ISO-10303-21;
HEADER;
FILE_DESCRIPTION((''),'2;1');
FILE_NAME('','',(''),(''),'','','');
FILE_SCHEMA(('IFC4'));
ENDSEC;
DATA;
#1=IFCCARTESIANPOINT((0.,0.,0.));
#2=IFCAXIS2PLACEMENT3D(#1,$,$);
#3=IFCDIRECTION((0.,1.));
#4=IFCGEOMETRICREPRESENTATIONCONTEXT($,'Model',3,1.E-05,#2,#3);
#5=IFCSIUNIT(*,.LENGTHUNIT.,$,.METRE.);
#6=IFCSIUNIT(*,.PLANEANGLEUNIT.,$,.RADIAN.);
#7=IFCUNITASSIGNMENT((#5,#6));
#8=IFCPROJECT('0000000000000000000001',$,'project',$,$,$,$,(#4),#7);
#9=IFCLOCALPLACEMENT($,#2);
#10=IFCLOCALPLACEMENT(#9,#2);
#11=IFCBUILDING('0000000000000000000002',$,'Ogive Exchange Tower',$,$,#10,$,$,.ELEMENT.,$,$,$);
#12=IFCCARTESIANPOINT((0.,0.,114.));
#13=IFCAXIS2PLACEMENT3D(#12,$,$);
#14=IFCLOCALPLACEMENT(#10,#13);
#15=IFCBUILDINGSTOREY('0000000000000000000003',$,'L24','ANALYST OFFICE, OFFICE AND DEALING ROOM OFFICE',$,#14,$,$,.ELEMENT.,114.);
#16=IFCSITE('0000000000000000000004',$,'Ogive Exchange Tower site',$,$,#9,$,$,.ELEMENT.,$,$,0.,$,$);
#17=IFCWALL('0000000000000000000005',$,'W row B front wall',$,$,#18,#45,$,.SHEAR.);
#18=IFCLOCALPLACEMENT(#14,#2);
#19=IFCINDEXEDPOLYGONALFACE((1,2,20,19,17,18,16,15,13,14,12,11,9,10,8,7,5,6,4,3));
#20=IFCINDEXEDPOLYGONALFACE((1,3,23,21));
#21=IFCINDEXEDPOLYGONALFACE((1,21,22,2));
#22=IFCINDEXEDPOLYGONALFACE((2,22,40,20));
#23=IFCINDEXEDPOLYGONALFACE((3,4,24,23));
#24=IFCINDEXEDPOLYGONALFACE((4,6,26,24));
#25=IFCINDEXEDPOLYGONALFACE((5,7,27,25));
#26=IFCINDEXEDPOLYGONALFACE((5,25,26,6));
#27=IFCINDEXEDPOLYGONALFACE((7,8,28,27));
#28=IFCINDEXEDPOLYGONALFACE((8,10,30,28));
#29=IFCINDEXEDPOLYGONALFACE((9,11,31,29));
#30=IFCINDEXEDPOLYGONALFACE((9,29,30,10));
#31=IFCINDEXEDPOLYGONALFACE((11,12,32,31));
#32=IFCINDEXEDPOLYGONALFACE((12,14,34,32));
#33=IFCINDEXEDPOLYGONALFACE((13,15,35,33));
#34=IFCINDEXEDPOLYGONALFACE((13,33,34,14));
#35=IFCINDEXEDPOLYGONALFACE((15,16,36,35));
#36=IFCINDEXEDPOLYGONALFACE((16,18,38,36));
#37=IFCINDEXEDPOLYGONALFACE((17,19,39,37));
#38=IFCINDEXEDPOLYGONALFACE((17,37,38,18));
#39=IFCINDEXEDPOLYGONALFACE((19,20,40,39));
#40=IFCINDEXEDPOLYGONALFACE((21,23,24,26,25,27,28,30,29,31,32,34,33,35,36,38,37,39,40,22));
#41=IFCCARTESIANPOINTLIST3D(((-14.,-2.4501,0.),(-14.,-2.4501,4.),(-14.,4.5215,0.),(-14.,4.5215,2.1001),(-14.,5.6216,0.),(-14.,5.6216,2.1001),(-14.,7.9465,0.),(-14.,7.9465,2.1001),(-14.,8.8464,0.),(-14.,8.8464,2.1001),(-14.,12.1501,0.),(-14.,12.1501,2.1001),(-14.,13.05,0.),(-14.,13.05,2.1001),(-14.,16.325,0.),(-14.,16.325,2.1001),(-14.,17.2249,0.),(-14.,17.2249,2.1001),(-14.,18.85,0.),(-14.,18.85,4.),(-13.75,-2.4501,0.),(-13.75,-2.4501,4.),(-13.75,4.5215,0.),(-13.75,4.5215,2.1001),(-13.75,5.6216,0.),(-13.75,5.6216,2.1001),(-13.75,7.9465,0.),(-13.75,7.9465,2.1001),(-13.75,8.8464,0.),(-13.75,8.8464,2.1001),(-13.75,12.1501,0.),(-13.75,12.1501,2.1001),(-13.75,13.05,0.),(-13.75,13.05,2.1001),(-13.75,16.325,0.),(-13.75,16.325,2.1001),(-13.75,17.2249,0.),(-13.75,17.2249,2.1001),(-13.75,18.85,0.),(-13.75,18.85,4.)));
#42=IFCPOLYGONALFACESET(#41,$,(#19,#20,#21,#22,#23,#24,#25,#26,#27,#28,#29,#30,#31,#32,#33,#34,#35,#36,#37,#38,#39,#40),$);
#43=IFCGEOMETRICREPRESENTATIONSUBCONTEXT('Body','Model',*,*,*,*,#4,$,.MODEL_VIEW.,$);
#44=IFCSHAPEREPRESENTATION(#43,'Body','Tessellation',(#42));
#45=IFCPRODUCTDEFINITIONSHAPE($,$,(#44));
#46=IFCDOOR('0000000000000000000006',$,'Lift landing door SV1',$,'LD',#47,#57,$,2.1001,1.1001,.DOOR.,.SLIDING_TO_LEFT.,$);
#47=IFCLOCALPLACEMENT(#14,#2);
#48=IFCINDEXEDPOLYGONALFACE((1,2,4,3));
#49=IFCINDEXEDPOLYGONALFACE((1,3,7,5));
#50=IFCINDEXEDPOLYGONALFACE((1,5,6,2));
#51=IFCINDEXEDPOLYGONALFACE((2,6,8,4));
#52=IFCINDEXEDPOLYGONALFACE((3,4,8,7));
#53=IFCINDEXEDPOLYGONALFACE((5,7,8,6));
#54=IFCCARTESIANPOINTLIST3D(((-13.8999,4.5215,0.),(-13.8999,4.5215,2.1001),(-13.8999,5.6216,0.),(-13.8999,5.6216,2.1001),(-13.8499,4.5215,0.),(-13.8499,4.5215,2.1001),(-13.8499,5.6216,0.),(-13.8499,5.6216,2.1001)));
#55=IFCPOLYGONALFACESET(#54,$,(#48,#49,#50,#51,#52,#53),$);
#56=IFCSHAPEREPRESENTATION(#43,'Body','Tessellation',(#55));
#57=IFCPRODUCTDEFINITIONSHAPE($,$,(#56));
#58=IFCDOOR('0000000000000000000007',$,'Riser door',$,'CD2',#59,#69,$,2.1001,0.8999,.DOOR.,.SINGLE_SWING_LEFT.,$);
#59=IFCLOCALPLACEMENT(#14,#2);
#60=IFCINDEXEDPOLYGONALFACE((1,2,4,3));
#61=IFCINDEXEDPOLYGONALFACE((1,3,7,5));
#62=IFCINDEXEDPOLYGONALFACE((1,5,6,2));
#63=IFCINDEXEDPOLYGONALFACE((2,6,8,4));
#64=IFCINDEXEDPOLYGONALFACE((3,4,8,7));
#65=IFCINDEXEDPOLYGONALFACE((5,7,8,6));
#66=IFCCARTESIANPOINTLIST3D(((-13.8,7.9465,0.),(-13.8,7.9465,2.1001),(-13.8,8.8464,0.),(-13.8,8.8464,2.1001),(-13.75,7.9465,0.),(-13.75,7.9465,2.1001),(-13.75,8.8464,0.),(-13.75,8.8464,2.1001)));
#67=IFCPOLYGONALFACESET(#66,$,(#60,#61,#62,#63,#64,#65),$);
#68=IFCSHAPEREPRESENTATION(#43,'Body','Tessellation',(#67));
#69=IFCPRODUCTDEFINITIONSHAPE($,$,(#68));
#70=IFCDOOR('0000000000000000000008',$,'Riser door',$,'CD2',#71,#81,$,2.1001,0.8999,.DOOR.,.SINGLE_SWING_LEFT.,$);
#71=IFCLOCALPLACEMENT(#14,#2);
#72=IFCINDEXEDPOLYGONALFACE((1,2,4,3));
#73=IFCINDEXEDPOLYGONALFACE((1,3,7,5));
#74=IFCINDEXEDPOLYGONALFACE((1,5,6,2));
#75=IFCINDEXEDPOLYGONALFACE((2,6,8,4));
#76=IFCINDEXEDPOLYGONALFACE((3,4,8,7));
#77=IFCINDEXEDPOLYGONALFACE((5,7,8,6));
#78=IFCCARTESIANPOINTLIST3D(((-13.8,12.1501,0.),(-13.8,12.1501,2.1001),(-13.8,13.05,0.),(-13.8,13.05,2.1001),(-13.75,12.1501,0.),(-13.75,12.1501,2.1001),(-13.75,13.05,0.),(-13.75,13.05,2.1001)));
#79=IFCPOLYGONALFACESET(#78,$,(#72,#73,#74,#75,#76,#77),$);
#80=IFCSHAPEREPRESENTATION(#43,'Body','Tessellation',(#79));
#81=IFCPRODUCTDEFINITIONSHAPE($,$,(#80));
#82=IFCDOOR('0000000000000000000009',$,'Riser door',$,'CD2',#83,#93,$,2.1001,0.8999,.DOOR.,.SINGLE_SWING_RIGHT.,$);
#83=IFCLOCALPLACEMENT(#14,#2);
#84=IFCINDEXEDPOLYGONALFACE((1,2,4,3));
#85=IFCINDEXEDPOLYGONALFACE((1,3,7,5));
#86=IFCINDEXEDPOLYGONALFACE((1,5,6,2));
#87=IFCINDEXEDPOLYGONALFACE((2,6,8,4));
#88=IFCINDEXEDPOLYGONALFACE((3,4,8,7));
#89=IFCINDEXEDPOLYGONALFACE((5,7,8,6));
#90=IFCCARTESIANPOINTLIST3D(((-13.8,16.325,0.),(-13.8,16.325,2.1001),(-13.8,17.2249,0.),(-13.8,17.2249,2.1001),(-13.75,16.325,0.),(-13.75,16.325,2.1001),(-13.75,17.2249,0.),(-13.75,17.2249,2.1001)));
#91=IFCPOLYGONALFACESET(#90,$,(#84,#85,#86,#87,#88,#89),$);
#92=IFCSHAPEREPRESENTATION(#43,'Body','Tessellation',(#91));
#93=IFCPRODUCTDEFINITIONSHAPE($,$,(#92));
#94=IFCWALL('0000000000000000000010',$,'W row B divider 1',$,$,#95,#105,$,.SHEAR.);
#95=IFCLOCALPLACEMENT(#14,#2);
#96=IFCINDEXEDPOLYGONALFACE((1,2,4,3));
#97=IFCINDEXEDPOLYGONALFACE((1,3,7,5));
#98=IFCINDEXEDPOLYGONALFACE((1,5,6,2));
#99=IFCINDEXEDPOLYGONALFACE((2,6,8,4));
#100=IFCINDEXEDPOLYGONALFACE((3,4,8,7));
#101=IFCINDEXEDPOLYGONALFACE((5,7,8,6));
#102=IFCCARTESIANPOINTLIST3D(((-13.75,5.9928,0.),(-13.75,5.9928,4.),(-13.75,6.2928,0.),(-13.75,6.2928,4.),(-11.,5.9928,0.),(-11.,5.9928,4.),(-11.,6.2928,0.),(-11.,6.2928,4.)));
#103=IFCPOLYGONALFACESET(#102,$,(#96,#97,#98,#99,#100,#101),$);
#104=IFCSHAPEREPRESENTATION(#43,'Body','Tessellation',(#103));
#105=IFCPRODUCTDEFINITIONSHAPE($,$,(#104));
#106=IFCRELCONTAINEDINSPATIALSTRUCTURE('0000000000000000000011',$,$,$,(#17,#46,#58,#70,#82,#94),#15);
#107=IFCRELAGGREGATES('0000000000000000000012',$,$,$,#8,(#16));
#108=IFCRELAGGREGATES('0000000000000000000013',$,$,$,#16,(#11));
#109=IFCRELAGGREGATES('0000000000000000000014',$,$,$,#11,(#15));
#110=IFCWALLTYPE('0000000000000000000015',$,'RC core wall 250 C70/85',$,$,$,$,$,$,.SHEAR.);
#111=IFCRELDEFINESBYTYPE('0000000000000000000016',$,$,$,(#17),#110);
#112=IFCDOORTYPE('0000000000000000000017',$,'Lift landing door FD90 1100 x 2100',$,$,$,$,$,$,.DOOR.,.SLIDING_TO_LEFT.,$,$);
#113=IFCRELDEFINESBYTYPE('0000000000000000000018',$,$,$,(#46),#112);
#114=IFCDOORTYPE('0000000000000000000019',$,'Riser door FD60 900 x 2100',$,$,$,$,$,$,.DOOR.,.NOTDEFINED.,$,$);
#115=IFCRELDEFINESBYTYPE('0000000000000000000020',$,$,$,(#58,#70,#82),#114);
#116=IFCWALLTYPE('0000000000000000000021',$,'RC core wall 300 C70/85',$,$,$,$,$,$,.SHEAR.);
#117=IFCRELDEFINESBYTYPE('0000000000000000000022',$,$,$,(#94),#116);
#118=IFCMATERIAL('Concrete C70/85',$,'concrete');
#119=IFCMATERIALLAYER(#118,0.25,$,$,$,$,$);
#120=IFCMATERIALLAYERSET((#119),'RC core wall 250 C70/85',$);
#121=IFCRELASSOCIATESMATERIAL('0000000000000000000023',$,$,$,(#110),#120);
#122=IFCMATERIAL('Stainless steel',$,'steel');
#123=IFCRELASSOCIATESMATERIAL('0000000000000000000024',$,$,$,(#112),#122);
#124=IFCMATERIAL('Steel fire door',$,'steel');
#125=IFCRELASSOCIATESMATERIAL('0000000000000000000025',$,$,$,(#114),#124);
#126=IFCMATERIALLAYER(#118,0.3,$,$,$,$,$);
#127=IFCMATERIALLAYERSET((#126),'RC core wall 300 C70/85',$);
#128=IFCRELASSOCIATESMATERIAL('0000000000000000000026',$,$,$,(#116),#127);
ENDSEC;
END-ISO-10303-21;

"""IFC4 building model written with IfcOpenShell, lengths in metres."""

from ifc_helpers import new_model, si_unit, direction, frame, frame_2d, origin, place, context, subcontext, project, spatial, rectangle, extrude, material, layer, layer_set, type_object, element, fill, save


model = new_model("IFC4")

# Units and contexts
model_context = context("Model", 3, precision=1e-05, world=origin(), true_north=direction((0.0, 1.0)))
body_context = subcontext(model_context, "Body", "Model", "MODEL_VIEW")
ifc_project = project(units=[si_unit("LENGTHUNIT", "METRE"), si_unit("PLANEANGLEUNIT", "RADIAN")], contexts=[model_context])

# Site, building, storey
site_placement = place(None, origin())
site = spatial("IfcSite", under=ifc_project, at=site_placement, Name="Ogive Exchange Tower site", CompositionType="ELEMENT", RefElevation=0.0)
building_placement = place(site_placement, origin())
building = spatial("IfcBuilding", under=site, at=building_placement, Name="Ogive Exchange Tower", CompositionType="ELEMENT")
storey_placement = place(building_placement, frame((0.0, 0.0, 114.0)))
storey = spatial("IfcBuildingStorey", under=building, at=storey_placement, Name="L24", Description="ANALYST OFFICE, OFFICE AND DEALING ROOM OFFICE", CompositionType="ELEMENT", Elevation=114.0)

# Wall, openings, doors
ifc_material_1 = material(Name="Concrete C70/85", Category="concrete")
ifc_layer_1 = layer(ifc_material_1, 0.25)
ifc_layer_set_1 = layer_set([ifc_layer_1], Name="RC core wall 250 C70/85")
wall_type_1 = type_object("IfcWallType", Name="RC core wall 250 C70/85", PredefinedType="SHEAR", material=ifc_layer_set_1)
wall_1_placement = place(storey_placement, frame((-13.875, -2.45, 0.0), z_axis=(0.0, 0.0, 1.0), x_axis=(0.0, 1.0, 0.0)))
wall_1 = element("IfcWall", 1, at=wall_1_placement, inside=storey, type_object=wall_type_1, Name="W row B front wall", PredefinedType="SHEAR", context=body_context, shape_type="SweptSolid", body=[
    extrude(rectangle(XDim=21.3, YDim=0.25, at=frame_2d((10.6499, 0.0))), origin(), (0.0, 0.0, 1.0), 4.0),
])
opening_1_placement = place(wall_1_placement, frame((10.3965, 0.0, 0.0)))
opening_1 = element("IfcOpeningElement", 2, at=opening_1_placement, cuts=wall_1, PredefinedType="OPENING", context=body_context, shape_type="SweptSolid", body=[
    extrude(rectangle(XDim=0.8999, YDim=2.1001, at=frame_2d((0.45, 1.05))), frame((0.0, 0.135, 0.0), z_axis=(0.0, -1.0, 0.0), x_axis=(1.0, 0.0, 0.0)), (0.0, 0.0, 1.0), 0.27),
])
opening_2_placement = place(wall_1_placement, frame((14.6001, 0.0, 0.0)))
opening_2 = element("IfcOpeningElement", 3, at=opening_2_placement, cuts=wall_1, PredefinedType="OPENING", context=body_context, shape_type="SweptSolid", body=[
    extrude(rectangle(XDim=0.8999, YDim=2.1001, at=frame_2d((0.45, 1.05))), frame((0.0, 0.135, 0.0), z_axis=(0.0, -1.0, 0.0), x_axis=(1.0, 0.0, 0.0)), (0.0, 0.0, 1.0), 0.27),
])
opening_3_placement = place(wall_1_placement, frame((18.7749, 0.0, 0.0)))
opening_3 = element("IfcOpeningElement", 4, at=opening_3_placement, cuts=wall_1, PredefinedType="OPENING", context=body_context, shape_type="SweptSolid", body=[
    extrude(rectangle(XDim=0.8999, YDim=2.1001, at=frame_2d((0.45, 1.05))), frame((0.0, 0.135, 0.0), z_axis=(0.0, -1.0, 0.0), x_axis=(1.0, 0.0, 0.0)), (0.0, 0.0, 1.0), 0.27),
])
opening_4_placement = place(wall_1_placement, frame((6.9714, 0.0, 0.0)))
opening_4 = element("IfcOpeningElement", 5, at=opening_4_placement, cuts=wall_1, PredefinedType="OPENING", context=body_context, shape_type="SweptSolid", body=[
    extrude(rectangle(XDim=1.1001, YDim=2.1001, at=frame_2d((0.55, 1.05))), frame((0.0, 0.135, 0.0), z_axis=(0.0, -1.0, 0.0), x_axis=(1.0, 0.0, 0.0)), (0.0, 0.0, 1.0), 0.27),
])
ifc_material_2 = material(Name="Stainless steel", Category="steel")
door_type_1 = type_object("IfcDoorType", Name="Lift landing door FD90 1100 x 2100", OperationType="SLIDING_TO_LEFT", PredefinedType="DOOR", material=ifc_material_2)
door_1_placement = place(opening_4_placement, origin())
door_1 = element("IfcDoor", 6, at=door_1_placement, inside=storey, type_object=door_type_1, Name="Lift landing door SV1", ObjectType="LD", OperationType="SLIDING_TO_LEFT", OverallHeight=2.1001, OverallWidth=1.1001, PredefinedType="DOOR", context=body_context, shape_type="SweptSolid", body=[
    extrude(rectangle(XDim=1.1001, YDim=2.1001, at=frame_2d((0.55, 1.05))), frame((0.0, 0.0249, 0.0), z_axis=(0.0, -1.0, 0.0), x_axis=(1.0, 0.0, 0.0)), (0.0, 0.0, 1.0), 0.05),
])
fill(opening_4, door_1)
ifc_material_3 = material(Name="Steel fire door", Category="steel")
door_type_2 = type_object("IfcDoorType", Name="Riser door FD60 900 x 2100", OperationType="NOTDEFINED", PredefinedType="DOOR", material=ifc_material_3)
door_2_placement = place(opening_1_placement, frame((0.8999, -0.2002, 0.0), z_axis=(0.0, 0.0, 1.0), x_axis=(-1.0, 0.0, 0.0)))
door_2 = element("IfcDoor", 7, at=door_2_placement, inside=storey, type_object=door_type_2, Name="Riser door", ObjectType="CD2", OperationType="SINGLE_SWING_LEFT", OverallHeight=2.1001, OverallWidth=0.8999, PredefinedType="DOOR", context=body_context, shape_type="SweptSolid", body=[
    extrude(rectangle(XDim=0.8999, YDim=2.1001, at=frame_2d((0.45, 1.05))), frame((0.0, -0.0752, 0.0), z_axis=(0.0, -1.0, 0.0), x_axis=(1.0, 0.0, 0.0)), (0.0, 0.0, 1.0), 0.05),
])
fill(opening_1, door_2)
door_3_placement = place(opening_2_placement, frame((0.8999, -0.2002, 0.0), z_axis=(0.0, 0.0, 1.0), x_axis=(-1.0, 0.0, 0.0)))
door_3 = element("IfcDoor", 8, at=door_3_placement, inside=storey, type_object=door_type_2, Name="Riser door", ObjectType="CD2", OperationType="SINGLE_SWING_LEFT", OverallHeight=2.1001, OverallWidth=0.8999, PredefinedType="DOOR", context=body_context, shape_type="SweptSolid", body=[
    extrude(rectangle(XDim=0.8999, YDim=2.1001, at=frame_2d((0.45, 1.05))), frame((0.0, -0.0752, 0.0), z_axis=(0.0, -1.0, 0.0), x_axis=(1.0, 0.0, 0.0)), (0.0, 0.0, 1.0), 0.05),
])
fill(opening_2, door_3)
door_4_placement = place(opening_3_placement, frame((0.8999, -0.2002, 0.0), z_axis=(0.0, 0.0, 1.0), x_axis=(-1.0, 0.0, 0.0)))
door_4 = element("IfcDoor", 9, at=door_4_placement, inside=storey, type_object=door_type_2, Name="Riser door", ObjectType="CD2", OperationType="SINGLE_SWING_RIGHT", OverallHeight=2.1001, OverallWidth=0.8999, PredefinedType="DOOR", context=body_context, shape_type="SweptSolid", body=[
    extrude(rectangle(XDim=0.8999, YDim=2.1001, at=frame_2d((0.45, 1.05))), frame((0.0, -0.0752, 0.0), z_axis=(0.0, -1.0, 0.0), x_axis=(1.0, 0.0, 0.0)), (0.0, 0.0, 1.0), 0.05),
])
fill(opening_3, door_4)

# Wall
ifc_layer_2 = layer(ifc_material_1, 0.3)
ifc_layer_set_2 = layer_set([ifc_layer_2], Name="RC core wall 300 C70/85")
wall_type_2 = type_object("IfcWallType", Name="RC core wall 300 C70/85", PredefinedType="SHEAR", material=ifc_layer_set_2)
wall_2_placement = place(storey_placement, frame((-13.75, 6.1428, 0.0), z_axis=(0.0, 0.0, 1.0), x_axis=(1.0, 0.0, 0.0)))
element("IfcWall", 10, at=wall_2_placement, inside=storey, type_object=wall_type_2, Name="W row B divider 1", PredefinedType="SHEAR", context=body_context, shape_type="SweptSolid", body=[
    extrude(rectangle(XDim=2.75, YDim=0.3, at=frame_2d((1.375, 0.0))), origin(), (0.0, 0.0, 1.0), 4.0),
])

save(model, "model.ifc")
